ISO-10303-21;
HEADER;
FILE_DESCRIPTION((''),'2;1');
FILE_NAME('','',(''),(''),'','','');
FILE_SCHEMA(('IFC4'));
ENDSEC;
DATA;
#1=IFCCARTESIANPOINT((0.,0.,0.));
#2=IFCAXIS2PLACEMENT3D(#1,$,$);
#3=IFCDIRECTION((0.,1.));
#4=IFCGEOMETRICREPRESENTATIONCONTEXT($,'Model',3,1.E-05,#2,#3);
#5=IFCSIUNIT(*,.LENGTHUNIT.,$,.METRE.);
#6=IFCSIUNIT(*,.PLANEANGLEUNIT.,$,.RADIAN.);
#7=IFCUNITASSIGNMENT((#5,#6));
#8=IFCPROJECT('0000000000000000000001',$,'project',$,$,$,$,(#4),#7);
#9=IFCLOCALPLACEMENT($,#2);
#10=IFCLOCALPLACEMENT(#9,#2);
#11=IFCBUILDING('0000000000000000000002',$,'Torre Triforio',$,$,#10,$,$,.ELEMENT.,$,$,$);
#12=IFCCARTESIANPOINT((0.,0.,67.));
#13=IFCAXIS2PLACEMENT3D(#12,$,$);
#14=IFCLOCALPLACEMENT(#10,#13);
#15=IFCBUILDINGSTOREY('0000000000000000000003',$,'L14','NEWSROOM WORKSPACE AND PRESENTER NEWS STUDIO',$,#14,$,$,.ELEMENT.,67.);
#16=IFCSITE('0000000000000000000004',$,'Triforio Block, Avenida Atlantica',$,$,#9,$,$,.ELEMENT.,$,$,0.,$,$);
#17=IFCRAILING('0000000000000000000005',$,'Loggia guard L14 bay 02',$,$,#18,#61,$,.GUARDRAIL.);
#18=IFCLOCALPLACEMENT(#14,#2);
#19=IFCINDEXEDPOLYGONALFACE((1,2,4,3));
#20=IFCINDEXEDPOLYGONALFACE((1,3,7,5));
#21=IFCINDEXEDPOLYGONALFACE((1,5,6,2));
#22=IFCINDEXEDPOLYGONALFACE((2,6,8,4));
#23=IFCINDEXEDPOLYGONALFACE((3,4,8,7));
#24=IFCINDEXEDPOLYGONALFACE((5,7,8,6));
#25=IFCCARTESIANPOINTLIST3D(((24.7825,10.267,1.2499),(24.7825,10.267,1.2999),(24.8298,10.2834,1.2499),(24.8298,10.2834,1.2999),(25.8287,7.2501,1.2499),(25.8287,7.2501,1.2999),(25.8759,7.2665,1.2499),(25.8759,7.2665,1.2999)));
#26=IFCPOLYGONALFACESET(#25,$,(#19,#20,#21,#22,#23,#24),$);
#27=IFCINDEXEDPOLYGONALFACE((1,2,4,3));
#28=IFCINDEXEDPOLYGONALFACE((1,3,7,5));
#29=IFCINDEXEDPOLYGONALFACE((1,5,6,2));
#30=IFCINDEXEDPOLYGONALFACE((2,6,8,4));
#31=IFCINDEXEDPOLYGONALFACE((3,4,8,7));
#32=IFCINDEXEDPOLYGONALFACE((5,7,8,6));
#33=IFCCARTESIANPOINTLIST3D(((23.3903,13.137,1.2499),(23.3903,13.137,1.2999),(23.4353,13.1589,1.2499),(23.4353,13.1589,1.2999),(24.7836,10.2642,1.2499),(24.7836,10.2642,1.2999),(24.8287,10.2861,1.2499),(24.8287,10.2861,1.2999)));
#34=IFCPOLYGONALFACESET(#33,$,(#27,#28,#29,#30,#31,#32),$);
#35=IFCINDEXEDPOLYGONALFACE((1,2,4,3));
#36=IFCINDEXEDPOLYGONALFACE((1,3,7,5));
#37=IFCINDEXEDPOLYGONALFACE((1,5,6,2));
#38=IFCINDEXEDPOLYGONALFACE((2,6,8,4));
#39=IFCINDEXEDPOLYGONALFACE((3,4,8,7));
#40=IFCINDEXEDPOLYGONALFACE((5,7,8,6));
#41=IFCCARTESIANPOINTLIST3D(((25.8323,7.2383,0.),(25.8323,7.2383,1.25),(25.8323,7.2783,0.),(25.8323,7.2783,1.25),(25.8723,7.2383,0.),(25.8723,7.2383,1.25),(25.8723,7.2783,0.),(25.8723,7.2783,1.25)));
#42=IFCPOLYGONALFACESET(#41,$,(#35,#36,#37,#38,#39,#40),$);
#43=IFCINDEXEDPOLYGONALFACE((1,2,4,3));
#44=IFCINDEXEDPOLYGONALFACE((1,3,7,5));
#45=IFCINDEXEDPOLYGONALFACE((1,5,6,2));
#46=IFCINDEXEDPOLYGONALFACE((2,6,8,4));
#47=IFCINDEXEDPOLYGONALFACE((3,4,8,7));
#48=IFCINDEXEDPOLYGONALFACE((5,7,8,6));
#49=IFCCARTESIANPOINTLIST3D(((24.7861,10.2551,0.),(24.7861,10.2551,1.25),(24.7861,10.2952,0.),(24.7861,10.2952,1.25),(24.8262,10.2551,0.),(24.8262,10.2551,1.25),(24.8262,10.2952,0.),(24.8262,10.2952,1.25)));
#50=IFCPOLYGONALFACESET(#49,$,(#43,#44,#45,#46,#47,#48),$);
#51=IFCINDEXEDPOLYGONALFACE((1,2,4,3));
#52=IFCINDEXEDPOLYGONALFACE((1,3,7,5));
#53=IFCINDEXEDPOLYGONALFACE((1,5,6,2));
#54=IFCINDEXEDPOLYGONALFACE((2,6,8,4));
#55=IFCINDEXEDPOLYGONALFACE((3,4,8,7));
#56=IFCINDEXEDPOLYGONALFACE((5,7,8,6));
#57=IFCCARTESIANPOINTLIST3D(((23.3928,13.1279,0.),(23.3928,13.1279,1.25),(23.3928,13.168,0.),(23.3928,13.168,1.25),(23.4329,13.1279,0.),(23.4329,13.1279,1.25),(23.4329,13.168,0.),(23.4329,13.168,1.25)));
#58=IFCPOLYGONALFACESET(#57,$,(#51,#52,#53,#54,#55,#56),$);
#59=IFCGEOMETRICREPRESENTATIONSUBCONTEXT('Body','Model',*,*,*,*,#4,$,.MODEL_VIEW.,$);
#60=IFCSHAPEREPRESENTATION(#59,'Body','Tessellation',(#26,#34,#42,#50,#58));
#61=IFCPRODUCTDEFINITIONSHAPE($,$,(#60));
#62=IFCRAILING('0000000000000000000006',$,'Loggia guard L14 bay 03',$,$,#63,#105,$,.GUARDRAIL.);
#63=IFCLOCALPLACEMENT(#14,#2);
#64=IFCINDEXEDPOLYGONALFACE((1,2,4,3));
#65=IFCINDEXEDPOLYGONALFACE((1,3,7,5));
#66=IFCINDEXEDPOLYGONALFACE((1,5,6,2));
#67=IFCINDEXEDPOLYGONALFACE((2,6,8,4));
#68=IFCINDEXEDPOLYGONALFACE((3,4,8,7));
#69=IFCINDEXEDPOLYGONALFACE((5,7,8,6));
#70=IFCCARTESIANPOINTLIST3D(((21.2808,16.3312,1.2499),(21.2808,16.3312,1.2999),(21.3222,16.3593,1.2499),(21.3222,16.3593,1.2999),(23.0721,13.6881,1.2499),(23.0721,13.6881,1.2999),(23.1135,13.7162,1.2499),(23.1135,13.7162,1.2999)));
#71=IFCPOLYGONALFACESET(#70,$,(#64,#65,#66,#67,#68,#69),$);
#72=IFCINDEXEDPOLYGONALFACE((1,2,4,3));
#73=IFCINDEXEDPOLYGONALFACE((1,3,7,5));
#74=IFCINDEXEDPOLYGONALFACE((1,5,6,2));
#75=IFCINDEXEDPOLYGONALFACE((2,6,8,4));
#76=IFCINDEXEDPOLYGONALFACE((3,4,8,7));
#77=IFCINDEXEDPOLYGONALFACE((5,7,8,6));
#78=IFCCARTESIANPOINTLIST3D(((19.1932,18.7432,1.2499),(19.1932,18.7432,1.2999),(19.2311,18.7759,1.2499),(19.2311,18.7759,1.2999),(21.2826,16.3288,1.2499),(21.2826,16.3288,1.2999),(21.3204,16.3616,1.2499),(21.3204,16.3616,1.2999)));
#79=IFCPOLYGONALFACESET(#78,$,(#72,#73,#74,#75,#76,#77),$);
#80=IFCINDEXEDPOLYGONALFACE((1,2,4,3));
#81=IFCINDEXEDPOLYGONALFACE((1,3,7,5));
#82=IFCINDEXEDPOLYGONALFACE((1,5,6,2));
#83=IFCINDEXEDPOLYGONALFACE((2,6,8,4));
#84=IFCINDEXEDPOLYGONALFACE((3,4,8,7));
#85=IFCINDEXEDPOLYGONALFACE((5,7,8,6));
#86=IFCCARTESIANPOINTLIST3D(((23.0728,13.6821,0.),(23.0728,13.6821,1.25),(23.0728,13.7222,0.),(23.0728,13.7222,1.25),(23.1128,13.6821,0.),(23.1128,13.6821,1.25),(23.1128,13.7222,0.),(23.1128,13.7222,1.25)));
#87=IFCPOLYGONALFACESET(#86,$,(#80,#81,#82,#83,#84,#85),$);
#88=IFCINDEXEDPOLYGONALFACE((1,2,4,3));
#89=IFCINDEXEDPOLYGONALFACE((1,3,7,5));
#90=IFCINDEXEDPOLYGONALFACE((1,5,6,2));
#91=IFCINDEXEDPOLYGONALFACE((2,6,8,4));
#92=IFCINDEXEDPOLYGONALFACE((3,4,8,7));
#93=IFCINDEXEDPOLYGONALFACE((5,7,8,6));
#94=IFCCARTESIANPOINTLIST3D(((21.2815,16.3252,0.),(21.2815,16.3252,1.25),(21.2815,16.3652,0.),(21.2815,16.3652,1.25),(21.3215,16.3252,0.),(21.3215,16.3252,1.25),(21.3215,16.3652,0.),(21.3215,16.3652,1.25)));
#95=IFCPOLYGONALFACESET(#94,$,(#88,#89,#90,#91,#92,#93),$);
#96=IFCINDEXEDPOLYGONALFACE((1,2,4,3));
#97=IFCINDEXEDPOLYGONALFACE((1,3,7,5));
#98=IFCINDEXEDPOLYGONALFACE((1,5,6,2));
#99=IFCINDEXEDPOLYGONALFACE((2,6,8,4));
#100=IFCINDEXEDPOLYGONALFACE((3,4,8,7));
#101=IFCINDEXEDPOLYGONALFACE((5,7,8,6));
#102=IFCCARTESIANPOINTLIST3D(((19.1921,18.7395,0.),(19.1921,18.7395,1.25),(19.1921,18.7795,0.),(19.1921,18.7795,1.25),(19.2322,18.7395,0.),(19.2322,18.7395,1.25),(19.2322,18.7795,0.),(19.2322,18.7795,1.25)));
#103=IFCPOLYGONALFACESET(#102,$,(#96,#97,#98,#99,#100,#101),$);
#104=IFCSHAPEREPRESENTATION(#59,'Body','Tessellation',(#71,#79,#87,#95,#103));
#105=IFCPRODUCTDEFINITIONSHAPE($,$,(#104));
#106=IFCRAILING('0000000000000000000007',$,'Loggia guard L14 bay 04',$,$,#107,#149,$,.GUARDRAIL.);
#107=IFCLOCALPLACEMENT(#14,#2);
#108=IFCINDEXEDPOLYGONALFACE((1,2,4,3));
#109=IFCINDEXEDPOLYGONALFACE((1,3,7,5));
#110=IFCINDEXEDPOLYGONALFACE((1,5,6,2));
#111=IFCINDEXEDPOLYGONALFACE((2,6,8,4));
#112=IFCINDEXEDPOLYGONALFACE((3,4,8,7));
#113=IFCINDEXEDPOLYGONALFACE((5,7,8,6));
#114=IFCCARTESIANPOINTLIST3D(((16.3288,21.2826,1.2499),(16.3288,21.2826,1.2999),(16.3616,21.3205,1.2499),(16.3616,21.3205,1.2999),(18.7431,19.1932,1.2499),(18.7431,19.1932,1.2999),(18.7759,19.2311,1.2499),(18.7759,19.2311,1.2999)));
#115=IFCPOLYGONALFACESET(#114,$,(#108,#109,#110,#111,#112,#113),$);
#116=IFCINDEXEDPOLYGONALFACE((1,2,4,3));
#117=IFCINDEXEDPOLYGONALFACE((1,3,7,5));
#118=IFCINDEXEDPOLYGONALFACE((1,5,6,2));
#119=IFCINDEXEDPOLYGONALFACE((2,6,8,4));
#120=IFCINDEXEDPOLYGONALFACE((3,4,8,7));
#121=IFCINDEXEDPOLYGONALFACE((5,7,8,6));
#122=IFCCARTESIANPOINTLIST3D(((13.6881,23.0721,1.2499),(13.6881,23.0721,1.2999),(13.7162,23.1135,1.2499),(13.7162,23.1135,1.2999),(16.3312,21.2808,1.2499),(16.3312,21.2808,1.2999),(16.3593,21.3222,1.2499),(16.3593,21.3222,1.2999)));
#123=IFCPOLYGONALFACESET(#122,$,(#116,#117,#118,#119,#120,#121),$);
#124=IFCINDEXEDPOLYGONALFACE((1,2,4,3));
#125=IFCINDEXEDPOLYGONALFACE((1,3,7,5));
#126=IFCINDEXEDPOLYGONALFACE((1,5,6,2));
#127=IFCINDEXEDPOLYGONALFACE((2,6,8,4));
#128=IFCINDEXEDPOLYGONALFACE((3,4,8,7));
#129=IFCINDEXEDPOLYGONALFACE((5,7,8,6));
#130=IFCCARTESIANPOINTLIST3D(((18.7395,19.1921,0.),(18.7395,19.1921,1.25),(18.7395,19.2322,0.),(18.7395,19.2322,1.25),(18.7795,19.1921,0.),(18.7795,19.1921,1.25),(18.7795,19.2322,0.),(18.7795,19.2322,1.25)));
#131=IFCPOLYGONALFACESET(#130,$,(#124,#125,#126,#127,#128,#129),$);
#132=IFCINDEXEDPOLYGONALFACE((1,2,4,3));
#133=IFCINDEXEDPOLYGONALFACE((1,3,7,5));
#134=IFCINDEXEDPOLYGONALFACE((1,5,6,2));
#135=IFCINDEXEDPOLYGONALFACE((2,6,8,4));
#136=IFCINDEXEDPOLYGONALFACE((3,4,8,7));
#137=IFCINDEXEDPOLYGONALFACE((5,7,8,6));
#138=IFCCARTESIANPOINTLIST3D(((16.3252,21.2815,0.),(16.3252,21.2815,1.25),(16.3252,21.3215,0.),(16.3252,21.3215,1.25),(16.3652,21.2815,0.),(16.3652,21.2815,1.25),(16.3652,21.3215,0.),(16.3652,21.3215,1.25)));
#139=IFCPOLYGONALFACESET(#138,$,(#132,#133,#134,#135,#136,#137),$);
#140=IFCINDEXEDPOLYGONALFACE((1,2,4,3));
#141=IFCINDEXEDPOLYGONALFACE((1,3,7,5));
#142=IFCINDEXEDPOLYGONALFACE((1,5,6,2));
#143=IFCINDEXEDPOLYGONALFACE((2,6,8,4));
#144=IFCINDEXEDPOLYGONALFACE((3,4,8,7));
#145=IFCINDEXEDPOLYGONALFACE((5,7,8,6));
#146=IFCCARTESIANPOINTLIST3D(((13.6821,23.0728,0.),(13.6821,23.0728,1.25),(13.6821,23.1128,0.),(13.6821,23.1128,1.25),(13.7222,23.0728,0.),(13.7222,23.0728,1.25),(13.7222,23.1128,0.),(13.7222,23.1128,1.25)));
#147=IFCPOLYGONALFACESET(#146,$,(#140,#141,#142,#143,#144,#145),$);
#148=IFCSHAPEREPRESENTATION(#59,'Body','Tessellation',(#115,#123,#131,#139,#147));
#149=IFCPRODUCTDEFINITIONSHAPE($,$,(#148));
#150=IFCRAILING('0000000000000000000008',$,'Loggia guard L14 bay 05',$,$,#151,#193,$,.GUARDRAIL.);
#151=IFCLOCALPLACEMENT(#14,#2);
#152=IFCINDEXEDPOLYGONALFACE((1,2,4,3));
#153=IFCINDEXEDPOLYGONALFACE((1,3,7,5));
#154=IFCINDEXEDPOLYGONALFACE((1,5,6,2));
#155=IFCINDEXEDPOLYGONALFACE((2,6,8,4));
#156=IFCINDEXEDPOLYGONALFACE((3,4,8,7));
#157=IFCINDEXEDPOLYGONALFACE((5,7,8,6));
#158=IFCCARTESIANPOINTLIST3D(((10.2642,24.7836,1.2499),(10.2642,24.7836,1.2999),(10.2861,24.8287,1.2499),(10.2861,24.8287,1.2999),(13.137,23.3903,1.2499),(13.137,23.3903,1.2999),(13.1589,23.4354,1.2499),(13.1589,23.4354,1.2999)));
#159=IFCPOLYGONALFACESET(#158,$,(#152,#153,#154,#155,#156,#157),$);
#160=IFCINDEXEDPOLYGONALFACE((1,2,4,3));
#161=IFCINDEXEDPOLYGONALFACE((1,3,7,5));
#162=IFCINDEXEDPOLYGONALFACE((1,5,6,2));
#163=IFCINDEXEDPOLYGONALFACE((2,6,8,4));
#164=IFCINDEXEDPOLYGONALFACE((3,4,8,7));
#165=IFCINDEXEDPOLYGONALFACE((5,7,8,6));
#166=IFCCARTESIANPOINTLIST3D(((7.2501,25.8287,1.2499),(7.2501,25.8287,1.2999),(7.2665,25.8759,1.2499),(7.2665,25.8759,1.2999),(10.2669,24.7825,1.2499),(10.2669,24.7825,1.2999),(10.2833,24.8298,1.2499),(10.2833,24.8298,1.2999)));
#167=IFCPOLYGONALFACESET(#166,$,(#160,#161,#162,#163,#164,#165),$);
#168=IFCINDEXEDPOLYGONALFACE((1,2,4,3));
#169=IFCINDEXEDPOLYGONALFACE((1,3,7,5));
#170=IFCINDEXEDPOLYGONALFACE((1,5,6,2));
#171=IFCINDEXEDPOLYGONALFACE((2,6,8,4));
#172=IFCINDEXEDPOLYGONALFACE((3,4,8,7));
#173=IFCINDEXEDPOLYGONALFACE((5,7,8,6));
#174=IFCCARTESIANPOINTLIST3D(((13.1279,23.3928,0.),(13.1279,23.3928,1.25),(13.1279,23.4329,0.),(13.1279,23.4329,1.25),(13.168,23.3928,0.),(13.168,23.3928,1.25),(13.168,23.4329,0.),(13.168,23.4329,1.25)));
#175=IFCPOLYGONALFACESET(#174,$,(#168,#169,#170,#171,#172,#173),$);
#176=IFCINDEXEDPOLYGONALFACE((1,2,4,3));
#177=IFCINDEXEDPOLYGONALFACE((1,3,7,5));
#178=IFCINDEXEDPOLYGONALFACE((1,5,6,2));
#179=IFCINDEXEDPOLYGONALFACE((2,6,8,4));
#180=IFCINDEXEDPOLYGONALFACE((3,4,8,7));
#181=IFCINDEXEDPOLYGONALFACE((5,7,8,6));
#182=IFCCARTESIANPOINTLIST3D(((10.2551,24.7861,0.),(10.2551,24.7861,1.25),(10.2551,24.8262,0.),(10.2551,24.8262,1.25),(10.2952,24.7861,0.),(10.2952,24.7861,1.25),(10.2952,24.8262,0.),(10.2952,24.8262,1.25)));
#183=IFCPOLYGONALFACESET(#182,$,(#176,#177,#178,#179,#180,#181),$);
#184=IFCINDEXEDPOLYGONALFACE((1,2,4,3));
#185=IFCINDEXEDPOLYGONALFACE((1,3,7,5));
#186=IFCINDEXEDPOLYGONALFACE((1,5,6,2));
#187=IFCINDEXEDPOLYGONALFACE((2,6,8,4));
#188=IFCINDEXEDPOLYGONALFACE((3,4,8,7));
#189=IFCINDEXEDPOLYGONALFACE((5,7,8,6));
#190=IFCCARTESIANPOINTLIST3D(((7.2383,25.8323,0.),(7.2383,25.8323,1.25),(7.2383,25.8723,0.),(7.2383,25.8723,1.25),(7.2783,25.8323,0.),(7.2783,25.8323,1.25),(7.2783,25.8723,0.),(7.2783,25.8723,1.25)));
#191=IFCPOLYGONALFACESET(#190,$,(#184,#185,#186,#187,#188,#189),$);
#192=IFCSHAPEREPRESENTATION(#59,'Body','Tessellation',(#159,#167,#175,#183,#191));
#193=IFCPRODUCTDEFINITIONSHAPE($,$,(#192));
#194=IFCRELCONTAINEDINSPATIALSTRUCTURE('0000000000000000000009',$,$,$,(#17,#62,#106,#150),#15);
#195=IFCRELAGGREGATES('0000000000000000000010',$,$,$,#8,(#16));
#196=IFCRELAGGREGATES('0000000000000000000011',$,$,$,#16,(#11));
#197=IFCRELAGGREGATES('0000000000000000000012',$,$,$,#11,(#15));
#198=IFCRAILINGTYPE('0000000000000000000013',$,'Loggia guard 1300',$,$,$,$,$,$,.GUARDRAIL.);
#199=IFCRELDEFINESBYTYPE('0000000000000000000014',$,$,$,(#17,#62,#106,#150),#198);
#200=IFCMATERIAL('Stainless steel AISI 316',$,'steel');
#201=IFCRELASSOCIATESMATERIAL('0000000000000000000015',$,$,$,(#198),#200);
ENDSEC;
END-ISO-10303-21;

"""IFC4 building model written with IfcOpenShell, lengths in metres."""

from ifc_helpers import new_model, si_unit, direction, frame, origin, origin_2d, place, context, subcontext, project, spatial, rectangle, extrude, material, type_object, element, save


model = new_model("IFC4")

# Units and contexts
model_context = context("Model", 3, precision=1e-05, world=origin(), true_north=direction((0.0, 1.0)))
body_context = subcontext(model_context, "Body", "Model", "MODEL_VIEW")
ifc_project = project(units=[si_unit("LENGTHUNIT", "METRE"), si_unit("PLANEANGLEUNIT", "RADIAN")], contexts=[model_context])

# Site, building, storey
site_placement = place(None, origin())
site = spatial("IfcSite", under=ifc_project, at=site_placement, Name="Triforio Block, Avenida Atlantica", CompositionType="ELEMENT", RefElevation=0.0)
building_placement = place(site_placement, origin())
building = spatial("IfcBuilding", under=site, at=building_placement, Name="Torre Triforio", CompositionType="ELEMENT")
storey_placement = place(building_placement, frame((0.0, 0.0, 67.0)))
storey = spatial("IfcBuildingStorey", under=building, at=storey_placement, Name="L14", Description="NEWSROOM WORKSPACE AND PRESENTER NEWS STUDIO", CompositionType="ELEMENT", Elevation=67.0)

# Railings
ifc_material_1 = material(Name="Stainless steel AISI 316", Category="steel")
railing_type = type_object("IfcRailingType", Name="Loggia guard 1300", PredefinedType="GUARDRAIL", material=ifc_material_1)
railing_1_placement = place(storey_placement, frame((25.8523, 7.2583, 0.0)))
element("IfcRailing", 1, at=railing_1_placement, inside=storey, type_object=railing_type, Name="Loggia guard L14 bay 02", PredefinedType="GUARDRAIL", context=body_context, shape_type="SweptSolid", body=[
    extrude(rectangle(XDim=0.05, YDim=0.05, at=origin_2d()), frame((0.0, 0.0, 1.2749), z_axis=(-0.327628, 0.944807, 0.0), x_axis=(-0.944807, -0.327628, 0.0)), (0.0, 0.0, 1.0), 3.1931),
    extrude(rectangle(XDim=0.05, YDim=0.05, at=origin_2d()), frame((-1.0461, 3.0168, 1.2749), z_axis=(-0.436384, 0.89976, 0.0), x_axis=(-0.89976, -0.436384, 0.0)), (0.0, 0.0, 1.0), 3.1929),
    extrude(rectangle(XDim=0.04, YDim=0.04, at=origin_2d()), origin(), (0.0, 0.0, 1.0), 1.25),
    extrude(rectangle(XDim=0.04, YDim=0.04, at=origin_2d()), frame((-1.0461, 3.0168, 0.0)), (0.0, 0.0, 1.0), 1.25),
    extrude(rectangle(XDim=0.04, YDim=0.04, at=origin_2d()), frame((-2.4395, 5.8896, 0.0)), (0.0, 0.0, 1.0), 1.25),
])
railing_2_placement = place(storey_placement, frame((23.0928, 13.7021, 0.0)))
element("IfcRailing", 2, at=railing_2_placement, inside=storey, type_object=railing_type, Name="Loggia guard L14 bay 03", PredefinedType="GUARDRAIL", context=body_context, shape_type="SweptSolid", body=[
    extrude(rectangle(XDim=0.05, YDim=0.05, at=origin_2d()), frame((0.0, 0.0, 1.2749), z_axis=(-0.561019, 0.827803, 0.0), x_axis=(-0.827803, -0.561019, 0.0)), (0.0, 0.0, 1.0), 3.1929),
    extrude(rectangle(XDim=0.05, YDim=0.05, at=origin_2d()), frame((-1.7913, 2.6431, 1.2749), z_axis=(-0.654386, 0.756161, 0.0), x_axis=(-0.756161, -0.654386, 0.0)), (0.0, 0.0, 1.0), 3.1929),
    extrude(rectangle(XDim=0.04, YDim=0.04, at=origin_2d()), origin(), (0.0, 0.0, 1.0), 1.25),
    extrude(rectangle(XDim=0.04, YDim=0.04, at=origin_2d()), frame((-1.7913, 2.6431, 0.0)), (0.0, 0.0, 1.0), 1.25),
    extrude(rectangle(XDim=0.04, YDim=0.04, at=origin_2d()), frame((-3.8806, 5.0574, 0.0)), (0.0, 0.0, 1.0), 1.25),
])
railing_3_placement = place(storey_placement, frame((18.7595, 19.2122, 0.0)))
element("IfcRailing", 3, at=railing_3_placement, inside=storey, type_object=railing_type, Name="Loggia guard L14 bay 04", PredefinedType="GUARDRAIL", context=body_context, shape_type="SweptSolid", body=[
    extrude(rectangle(XDim=0.05, YDim=0.05, at=origin_2d()), frame((0.0, 0.0, 1.2749), z_axis=(-0.756161, 0.654386, 0.0), x_axis=(-0.654386, -0.756161, 0.0)), (0.0, 0.0, 1.0), 3.1929),
    extrude(rectangle(XDim=0.05, YDim=0.05, at=origin_2d()), frame((-2.4143, 2.0894, 1.2749), z_axis=(-0.827803, 0.561019, 0.0), x_axis=(-0.561019, -0.827803, 0.0)), (0.0, 0.0, 1.0), 3.1929),
    extrude(rectangle(XDim=0.04, YDim=0.04, at=origin_2d()), origin(), (0.0, 0.0, 1.0), 1.25),
    extrude(rectangle(XDim=0.04, YDim=0.04, at=origin_2d()), frame((-2.4143, 2.0894, 0.0)), (0.0, 0.0, 1.0), 1.25),
    extrude(rectangle(XDim=0.04, YDim=0.04, at=origin_2d()), frame((-5.0574, 3.8806, 0.0)), (0.0, 0.0, 1.0), 1.25),
])
railing_4_placement = place(storey_placement, frame((13.1479, 23.4128, 0.0)))
element("IfcRailing", 4, at=railing_4_placement, inside=storey, type_object=railing_type, Name="Loggia guard L14 bay 05", PredefinedType="GUARDRAIL", context=body_context, shape_type="SweptSolid", body=[
    extrude(rectangle(XDim=0.05, YDim=0.05, at=origin_2d()), frame((0.0, 0.0, 1.2749), z_axis=(-0.89976, 0.436384, 0.0), x_axis=(-0.436384, -0.89976, 0.0)), (0.0, 0.0, 1.0), 3.1929),
    extrude(rectangle(XDim=0.05, YDim=0.05, at=origin_2d()), frame((-2.8728, 1.3933, 1.2749), z_axis=(-0.944807, 0.327628, 0.0), x_axis=(-0.327628, -0.944807, 0.0)), (0.0, 0.0, 1.0), 3.1931),
    extrude(rectangle(XDim=0.04, YDim=0.04, at=origin_2d()), origin(), (0.0, 0.0, 1.0), 1.25),
    extrude(rectangle(XDim=0.04, YDim=0.04, at=origin_2d()), frame((-2.8728, 1.3933, 0.0)), (0.0, 0.0, 1.0), 1.25),
    extrude(rectangle(XDim=0.04, YDim=0.04, at=origin_2d()), frame((-5.8896, 2.4395, 0.0)), (0.0, 0.0, 1.0), 1.25),
])

save(model, "model.ifc")
